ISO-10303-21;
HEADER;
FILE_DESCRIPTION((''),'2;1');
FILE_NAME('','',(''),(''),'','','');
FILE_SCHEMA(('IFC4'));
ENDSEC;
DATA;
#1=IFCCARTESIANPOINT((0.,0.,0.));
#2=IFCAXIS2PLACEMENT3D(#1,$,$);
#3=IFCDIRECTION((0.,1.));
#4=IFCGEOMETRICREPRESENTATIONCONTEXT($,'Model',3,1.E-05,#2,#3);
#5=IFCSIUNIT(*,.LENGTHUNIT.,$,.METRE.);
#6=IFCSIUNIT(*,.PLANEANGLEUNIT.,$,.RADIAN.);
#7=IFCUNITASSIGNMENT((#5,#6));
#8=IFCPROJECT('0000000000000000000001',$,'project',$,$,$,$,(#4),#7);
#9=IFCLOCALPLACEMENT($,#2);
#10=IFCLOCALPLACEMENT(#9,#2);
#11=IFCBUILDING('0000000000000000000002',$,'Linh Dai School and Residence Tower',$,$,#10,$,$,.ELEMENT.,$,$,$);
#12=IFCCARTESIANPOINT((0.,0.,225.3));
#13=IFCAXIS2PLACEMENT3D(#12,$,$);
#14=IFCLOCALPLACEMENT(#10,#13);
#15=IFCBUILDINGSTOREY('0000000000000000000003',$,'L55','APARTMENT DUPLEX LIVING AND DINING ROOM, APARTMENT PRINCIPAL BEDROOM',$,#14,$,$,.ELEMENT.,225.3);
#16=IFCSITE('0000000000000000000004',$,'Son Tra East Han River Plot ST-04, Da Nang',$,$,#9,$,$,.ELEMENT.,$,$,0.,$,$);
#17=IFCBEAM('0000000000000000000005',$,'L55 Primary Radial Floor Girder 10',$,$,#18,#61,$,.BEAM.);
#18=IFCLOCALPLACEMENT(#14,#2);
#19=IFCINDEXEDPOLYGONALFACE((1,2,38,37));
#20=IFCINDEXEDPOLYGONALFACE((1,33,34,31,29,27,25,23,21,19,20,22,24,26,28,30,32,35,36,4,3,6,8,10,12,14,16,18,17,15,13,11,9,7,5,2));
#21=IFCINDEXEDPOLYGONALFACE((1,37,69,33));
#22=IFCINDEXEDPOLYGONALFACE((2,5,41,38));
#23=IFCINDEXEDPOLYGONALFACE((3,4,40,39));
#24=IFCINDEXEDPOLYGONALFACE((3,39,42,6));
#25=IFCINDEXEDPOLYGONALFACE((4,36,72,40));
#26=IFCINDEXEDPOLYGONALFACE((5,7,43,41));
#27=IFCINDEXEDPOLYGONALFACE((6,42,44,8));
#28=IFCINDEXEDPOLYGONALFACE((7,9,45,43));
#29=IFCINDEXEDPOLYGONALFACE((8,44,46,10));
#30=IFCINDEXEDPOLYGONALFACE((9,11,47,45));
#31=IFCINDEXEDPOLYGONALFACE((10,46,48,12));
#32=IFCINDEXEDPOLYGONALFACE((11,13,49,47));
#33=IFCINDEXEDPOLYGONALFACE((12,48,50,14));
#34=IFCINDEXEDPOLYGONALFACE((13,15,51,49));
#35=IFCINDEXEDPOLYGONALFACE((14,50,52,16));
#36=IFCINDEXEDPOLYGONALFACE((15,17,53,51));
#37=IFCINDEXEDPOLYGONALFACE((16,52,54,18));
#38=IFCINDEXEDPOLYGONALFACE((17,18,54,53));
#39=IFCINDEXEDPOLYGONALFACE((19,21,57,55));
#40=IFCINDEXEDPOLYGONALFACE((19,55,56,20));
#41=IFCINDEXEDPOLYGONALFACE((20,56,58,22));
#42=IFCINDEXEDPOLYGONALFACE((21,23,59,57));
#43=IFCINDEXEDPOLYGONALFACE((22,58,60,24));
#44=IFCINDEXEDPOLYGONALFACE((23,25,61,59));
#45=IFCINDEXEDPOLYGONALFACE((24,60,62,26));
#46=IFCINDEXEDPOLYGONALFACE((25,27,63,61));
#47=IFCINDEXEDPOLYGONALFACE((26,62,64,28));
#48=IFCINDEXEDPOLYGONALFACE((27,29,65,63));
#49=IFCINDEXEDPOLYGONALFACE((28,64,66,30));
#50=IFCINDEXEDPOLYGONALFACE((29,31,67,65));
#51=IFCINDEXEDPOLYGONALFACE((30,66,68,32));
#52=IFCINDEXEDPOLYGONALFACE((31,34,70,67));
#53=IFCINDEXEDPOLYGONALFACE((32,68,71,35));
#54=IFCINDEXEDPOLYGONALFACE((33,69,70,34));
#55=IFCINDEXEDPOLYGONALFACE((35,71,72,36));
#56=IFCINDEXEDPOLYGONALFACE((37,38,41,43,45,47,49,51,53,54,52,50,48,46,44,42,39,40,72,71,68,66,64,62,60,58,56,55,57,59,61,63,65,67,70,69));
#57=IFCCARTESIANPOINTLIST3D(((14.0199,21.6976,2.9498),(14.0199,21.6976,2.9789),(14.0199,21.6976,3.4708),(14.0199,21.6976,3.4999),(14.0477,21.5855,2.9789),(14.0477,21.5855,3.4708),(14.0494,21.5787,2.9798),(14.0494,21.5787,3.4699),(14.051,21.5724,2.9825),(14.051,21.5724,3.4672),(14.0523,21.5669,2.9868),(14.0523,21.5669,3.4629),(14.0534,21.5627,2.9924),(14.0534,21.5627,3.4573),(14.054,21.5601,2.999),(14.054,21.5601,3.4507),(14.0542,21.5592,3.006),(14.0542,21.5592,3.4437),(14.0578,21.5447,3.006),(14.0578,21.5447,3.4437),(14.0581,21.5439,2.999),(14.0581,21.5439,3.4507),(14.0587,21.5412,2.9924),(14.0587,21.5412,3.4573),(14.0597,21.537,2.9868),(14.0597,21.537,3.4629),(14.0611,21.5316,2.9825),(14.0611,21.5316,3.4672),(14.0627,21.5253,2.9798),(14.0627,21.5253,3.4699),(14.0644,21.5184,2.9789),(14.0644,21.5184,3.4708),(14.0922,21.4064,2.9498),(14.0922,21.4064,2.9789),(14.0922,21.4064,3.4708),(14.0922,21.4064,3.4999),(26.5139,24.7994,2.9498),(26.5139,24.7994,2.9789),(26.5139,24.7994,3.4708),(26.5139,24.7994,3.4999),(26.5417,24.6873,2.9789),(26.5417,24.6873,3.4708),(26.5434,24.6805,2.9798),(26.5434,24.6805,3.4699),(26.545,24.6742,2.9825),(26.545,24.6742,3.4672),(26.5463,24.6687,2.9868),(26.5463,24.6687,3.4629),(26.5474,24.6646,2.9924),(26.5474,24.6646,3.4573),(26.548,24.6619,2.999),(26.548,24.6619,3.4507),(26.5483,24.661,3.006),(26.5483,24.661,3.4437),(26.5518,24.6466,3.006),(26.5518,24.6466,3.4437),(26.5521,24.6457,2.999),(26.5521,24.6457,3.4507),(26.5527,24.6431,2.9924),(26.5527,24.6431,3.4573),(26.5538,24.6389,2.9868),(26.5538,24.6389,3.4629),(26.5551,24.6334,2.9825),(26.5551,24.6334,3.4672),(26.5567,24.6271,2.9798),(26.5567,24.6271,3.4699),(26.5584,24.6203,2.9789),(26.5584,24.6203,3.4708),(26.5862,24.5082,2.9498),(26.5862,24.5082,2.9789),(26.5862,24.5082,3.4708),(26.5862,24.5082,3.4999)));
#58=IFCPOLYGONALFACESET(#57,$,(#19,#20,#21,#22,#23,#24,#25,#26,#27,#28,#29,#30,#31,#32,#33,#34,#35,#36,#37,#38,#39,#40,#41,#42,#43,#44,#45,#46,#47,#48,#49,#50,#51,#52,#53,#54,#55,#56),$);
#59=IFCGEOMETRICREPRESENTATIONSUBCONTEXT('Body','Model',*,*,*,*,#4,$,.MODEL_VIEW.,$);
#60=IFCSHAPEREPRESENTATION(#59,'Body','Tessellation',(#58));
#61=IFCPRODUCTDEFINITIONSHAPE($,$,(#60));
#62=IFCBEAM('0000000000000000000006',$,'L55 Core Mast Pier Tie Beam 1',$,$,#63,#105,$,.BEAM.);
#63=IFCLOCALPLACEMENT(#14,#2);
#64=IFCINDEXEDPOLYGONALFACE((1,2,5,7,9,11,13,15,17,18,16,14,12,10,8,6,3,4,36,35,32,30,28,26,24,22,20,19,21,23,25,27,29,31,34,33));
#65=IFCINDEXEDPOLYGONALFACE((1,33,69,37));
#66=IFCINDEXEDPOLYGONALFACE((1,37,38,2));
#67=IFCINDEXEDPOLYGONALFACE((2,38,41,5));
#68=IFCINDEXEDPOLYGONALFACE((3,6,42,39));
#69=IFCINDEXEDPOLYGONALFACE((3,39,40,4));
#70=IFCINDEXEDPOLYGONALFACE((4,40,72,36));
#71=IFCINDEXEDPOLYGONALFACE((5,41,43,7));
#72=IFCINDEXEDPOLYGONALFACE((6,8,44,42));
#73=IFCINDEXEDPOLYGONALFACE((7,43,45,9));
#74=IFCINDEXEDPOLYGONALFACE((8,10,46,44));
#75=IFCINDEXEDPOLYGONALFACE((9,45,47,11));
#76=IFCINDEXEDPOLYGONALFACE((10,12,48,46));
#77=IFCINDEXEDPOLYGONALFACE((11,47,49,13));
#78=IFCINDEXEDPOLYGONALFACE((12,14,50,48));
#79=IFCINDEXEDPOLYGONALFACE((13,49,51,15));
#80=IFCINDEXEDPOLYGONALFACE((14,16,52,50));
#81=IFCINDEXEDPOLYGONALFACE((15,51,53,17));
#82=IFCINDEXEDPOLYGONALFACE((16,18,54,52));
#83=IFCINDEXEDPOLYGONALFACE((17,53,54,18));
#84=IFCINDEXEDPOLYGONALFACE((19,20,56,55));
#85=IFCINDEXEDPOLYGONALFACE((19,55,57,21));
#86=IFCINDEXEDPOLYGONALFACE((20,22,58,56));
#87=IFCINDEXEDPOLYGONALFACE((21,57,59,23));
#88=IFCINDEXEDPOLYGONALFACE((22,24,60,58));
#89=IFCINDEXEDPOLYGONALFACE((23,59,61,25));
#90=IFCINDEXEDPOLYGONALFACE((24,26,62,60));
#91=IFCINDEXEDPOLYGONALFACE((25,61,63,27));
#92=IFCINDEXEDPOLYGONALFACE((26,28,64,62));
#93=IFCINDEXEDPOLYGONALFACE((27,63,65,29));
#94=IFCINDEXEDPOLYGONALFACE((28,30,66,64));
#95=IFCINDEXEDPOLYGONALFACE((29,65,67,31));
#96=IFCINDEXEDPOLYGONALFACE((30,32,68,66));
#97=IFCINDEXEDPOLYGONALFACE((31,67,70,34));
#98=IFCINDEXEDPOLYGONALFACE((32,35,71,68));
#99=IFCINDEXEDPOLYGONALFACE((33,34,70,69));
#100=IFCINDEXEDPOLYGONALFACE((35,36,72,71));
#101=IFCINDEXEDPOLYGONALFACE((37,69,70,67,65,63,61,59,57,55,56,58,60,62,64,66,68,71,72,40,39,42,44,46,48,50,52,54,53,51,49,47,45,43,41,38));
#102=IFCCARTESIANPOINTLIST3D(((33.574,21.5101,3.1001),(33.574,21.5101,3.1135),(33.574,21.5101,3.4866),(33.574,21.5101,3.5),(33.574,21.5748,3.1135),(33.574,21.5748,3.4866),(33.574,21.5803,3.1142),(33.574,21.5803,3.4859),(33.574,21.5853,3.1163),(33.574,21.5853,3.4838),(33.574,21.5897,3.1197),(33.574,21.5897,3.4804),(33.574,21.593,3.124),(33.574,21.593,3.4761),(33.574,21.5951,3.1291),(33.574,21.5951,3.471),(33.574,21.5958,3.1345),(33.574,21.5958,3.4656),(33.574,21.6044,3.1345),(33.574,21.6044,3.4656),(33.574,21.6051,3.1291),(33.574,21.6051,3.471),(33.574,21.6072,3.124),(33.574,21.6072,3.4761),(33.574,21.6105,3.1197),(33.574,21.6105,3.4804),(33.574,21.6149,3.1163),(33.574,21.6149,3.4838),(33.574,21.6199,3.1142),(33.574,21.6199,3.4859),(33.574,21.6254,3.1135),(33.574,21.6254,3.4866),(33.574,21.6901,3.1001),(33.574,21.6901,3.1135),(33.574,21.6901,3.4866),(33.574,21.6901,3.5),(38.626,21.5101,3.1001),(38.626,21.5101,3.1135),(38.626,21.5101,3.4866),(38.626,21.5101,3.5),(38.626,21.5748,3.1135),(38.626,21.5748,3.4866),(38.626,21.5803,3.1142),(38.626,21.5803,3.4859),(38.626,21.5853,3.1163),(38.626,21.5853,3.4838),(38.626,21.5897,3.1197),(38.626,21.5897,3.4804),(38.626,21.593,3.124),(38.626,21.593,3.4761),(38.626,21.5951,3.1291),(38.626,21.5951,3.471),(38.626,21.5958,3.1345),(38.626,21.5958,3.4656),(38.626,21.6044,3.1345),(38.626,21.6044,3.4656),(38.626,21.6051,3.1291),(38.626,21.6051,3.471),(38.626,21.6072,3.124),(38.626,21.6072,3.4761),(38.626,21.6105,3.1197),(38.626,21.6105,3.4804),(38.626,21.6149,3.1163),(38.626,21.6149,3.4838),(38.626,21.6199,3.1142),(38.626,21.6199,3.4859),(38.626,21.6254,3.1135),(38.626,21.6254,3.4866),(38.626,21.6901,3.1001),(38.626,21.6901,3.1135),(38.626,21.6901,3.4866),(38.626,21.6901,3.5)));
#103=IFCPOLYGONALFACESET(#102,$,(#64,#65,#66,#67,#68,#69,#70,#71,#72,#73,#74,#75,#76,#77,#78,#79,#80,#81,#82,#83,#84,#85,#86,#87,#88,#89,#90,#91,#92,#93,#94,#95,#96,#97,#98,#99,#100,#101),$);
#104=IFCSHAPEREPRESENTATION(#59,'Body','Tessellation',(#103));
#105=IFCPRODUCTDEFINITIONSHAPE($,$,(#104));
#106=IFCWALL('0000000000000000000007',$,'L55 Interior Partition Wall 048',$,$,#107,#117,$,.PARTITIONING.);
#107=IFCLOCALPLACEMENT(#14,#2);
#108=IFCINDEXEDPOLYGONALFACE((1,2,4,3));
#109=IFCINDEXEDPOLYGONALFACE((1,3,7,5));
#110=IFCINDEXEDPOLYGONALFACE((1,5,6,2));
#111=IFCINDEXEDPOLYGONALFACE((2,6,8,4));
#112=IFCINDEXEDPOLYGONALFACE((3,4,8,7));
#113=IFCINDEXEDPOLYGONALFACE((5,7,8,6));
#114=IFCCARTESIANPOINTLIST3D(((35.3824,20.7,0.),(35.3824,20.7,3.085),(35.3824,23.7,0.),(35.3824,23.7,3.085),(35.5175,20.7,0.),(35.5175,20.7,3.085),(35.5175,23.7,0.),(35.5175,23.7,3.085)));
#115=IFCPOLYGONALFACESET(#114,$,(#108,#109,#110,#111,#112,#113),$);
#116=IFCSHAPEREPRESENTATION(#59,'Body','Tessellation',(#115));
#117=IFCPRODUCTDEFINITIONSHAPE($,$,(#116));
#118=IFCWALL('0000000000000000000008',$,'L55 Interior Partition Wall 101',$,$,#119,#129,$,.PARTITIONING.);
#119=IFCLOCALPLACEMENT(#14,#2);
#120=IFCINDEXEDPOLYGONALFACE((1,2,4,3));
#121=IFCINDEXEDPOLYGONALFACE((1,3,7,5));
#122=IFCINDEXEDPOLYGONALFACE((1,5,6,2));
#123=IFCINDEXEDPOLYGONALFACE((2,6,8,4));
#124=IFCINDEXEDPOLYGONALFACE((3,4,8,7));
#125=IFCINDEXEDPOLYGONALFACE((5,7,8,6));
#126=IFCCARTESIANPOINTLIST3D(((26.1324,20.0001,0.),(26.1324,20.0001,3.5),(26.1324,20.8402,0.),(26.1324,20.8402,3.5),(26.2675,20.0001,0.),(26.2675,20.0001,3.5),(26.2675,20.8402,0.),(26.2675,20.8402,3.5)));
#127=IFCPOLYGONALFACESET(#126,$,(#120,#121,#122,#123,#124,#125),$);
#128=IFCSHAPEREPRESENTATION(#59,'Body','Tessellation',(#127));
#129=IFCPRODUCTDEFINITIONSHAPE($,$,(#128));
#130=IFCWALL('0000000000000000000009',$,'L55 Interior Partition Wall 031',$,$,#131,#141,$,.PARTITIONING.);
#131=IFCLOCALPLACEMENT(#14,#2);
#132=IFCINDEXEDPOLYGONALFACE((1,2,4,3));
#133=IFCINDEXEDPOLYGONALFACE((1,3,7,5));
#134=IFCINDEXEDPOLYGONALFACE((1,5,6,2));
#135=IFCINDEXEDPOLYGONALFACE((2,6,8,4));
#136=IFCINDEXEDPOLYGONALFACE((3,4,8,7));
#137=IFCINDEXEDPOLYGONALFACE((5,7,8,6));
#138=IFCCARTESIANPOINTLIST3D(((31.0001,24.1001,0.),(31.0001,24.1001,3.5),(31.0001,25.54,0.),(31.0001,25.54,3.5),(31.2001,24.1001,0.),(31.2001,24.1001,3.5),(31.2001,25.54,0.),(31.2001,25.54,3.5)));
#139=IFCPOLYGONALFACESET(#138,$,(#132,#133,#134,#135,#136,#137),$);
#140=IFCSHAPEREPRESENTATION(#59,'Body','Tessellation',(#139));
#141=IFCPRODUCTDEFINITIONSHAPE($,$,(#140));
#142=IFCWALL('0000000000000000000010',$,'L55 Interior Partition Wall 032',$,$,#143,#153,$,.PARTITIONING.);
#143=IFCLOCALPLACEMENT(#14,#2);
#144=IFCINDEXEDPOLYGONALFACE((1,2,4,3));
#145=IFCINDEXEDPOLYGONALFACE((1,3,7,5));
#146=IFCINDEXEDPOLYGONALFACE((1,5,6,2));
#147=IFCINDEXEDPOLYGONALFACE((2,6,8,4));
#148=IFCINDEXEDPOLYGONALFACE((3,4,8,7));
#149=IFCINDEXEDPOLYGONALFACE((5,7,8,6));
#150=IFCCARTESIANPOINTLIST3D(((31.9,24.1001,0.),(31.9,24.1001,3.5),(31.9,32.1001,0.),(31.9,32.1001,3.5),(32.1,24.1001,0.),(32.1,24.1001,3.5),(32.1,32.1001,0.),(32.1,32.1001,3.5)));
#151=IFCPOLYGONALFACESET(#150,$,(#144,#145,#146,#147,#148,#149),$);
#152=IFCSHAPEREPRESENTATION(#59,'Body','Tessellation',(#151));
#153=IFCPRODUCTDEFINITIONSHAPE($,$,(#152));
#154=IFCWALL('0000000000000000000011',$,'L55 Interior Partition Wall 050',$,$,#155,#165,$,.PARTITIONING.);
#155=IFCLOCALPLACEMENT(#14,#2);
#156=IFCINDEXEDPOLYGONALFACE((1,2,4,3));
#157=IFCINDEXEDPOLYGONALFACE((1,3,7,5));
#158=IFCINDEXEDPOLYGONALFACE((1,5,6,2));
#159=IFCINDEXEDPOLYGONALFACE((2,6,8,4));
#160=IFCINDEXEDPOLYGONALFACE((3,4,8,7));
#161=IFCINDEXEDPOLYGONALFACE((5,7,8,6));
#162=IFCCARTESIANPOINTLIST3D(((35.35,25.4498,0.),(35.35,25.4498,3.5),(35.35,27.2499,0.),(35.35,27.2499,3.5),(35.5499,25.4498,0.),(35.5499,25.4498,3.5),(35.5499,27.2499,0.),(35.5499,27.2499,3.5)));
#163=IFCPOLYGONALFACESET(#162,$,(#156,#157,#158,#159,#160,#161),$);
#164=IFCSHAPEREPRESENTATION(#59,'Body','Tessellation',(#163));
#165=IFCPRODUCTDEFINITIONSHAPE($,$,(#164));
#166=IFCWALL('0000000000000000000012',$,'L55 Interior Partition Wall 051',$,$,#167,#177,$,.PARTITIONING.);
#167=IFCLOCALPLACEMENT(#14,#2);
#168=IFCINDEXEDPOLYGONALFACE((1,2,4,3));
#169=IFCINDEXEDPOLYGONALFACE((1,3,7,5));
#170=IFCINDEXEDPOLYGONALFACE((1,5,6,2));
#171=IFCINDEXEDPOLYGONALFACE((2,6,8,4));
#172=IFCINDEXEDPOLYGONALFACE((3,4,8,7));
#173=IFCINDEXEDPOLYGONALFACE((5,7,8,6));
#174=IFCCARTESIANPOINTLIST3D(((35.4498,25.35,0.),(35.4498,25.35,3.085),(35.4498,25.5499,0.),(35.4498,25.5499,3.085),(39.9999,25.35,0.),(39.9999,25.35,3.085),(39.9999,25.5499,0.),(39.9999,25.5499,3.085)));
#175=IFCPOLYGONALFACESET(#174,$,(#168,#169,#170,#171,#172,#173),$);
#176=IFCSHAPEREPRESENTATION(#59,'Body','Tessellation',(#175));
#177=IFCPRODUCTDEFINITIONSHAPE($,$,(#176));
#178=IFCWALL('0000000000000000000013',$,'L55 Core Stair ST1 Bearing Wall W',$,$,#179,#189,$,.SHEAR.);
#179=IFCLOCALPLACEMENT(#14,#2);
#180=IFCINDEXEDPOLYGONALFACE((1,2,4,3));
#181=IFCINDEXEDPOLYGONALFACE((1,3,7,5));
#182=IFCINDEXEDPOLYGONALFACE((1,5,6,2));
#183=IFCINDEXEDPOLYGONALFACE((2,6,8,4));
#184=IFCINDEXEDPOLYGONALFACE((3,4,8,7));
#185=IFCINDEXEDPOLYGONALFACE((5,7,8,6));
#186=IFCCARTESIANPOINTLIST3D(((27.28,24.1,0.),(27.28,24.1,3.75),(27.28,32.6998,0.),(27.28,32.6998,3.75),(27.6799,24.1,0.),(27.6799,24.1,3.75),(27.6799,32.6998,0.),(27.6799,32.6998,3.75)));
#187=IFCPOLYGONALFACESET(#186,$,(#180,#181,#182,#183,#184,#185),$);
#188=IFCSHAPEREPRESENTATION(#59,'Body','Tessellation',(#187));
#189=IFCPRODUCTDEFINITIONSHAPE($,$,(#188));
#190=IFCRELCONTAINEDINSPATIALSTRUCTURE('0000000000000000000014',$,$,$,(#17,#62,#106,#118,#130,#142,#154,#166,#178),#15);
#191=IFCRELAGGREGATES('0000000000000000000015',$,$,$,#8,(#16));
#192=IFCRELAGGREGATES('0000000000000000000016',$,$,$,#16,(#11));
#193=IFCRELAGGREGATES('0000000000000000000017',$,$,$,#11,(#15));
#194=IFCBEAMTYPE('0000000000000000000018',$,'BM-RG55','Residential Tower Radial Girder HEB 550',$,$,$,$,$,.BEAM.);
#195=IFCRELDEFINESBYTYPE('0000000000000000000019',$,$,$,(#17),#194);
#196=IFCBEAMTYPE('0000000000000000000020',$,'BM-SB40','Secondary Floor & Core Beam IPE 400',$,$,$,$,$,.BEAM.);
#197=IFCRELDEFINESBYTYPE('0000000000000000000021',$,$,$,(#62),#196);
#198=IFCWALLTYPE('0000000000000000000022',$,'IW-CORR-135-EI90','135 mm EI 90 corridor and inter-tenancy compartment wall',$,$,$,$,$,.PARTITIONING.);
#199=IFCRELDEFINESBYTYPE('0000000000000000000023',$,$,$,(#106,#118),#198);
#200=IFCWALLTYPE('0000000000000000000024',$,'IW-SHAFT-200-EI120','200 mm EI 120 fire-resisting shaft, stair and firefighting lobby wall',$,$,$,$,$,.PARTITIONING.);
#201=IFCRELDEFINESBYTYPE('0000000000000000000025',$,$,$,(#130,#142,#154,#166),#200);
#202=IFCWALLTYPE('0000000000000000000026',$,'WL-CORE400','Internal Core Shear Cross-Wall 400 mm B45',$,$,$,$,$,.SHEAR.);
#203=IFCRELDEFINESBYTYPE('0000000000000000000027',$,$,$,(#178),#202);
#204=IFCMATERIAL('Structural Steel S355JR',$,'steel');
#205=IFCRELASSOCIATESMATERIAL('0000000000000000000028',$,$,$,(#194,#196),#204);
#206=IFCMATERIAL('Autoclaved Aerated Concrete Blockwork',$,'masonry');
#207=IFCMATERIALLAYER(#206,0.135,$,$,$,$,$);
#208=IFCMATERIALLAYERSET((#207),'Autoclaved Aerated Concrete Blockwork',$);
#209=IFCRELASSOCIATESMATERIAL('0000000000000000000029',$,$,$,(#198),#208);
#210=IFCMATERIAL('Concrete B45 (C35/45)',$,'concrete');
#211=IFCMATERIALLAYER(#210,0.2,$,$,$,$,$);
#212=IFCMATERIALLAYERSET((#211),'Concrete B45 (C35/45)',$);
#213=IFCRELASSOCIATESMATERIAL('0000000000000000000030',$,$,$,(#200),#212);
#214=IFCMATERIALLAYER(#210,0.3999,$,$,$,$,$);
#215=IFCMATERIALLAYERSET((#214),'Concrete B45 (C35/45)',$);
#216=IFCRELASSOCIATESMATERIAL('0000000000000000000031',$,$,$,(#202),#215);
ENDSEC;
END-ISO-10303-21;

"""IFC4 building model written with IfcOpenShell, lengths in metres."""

from ifc_helpers import new_model, si_unit, direction, frame, frame_2d, origin, origin_2d, place, context, subcontext, project, spatial, rectangle, i_section, extrude, material, layer, layer_set, material_profile, profile_set, type_object, element, save


model = new_model("IFC4")

# Units and contexts
model_context = context("Model", 3, precision=1e-05, world=origin(), true_north=direction((0.0, 1.0)))
body_context = subcontext(model_context, "Body", "Model", "MODEL_VIEW")
ifc_project = project(units=[si_unit("LENGTHUNIT", "METRE"), si_unit("PLANEANGLEUNIT", "RADIAN")], contexts=[model_context])

# Site, building, storey
site_placement = place(None, origin())
site = spatial("IfcSite", under=ifc_project, at=site_placement, Name="Son Tra East Han River Plot ST-04, Da Nang", CompositionType="ELEMENT", RefElevation=0.0)
building_placement = place(site_placement, origin())
building = spatial("IfcBuilding", under=site, at=building_placement, Name="Linh Dai School and Residence Tower", CompositionType="ELEMENT")
storey_placement = place(building_placement, frame((0.0, 0.0, 225.3)))
storey = spatial("IfcBuildingStorey", under=building, at=storey_placement, Name="L55", Description="APARTMENT DUPLEX LIVING AND DINING ROOM, APARTMENT PRINCIPAL BEDROOM", CompositionType="ELEMENT", Elevation=225.3)

# Shared definitions
ifc_material_1 = material(Name="Structural Steel S355JR", Category="steel")

# Beams
ifc_material_profile_1 = material_profile(ifc_material_1, i_section(OverallWidth=0.3, OverallDepth=0.55, WebThickness=0.0149, FlangeThickness=0.0291, FilletRadius=0.0271, at=origin_2d()), Name="HEB 550")
ifc_profile_set_1 = profile_set([ifc_material_profile_1], Name="Structural Steel S355JR")
beam_type_1 = type_object("IfcBeamType", Name="BM-RG55", Description="Residential Tower Radial Girder HEB 550", PredefinedType="BEAM", material=ifc_profile_set_1)
beam_1_placement = place(storey_placement, frame((26.55, 24.6538, 3.2249), z_axis=(-0.970537, -0.240951, 0.0), x_axis=(0.240951, -0.970537, 0.0)))
element("IfcBeam", 1, at=beam_1_placement, inside=storey, type_object=beam_type_1, Name="L55 Primary Radial Floor Girder 10", PredefinedType="BEAM", context=body_context, shape_type="SweptSolid", body=[
    extrude(i_section(OverallWidth=0.3, OverallDepth=0.55, WebThickness=0.0149, FlangeThickness=0.0291, FilletRadius=0.0271, at=origin_2d()), origin(), (0.0, 0.0, 1.0), 12.8733),
])
ifc_material_profile_2 = material_profile(ifc_material_1, i_section(OverallWidth=0.1799, OverallDepth=0.3999, WebThickness=0.0085, FlangeThickness=0.0134, FilletRadius=0.021, at=origin_2d()), Name="IPE 400")
ifc_profile_set_2 = profile_set([ifc_material_profile_2], Name="Structural Steel S355JR")
beam_type_2 = type_object("IfcBeamType", Name="BM-SB40", Description="Secondary Floor & Core Beam IPE 400", PredefinedType="BEAM", material=ifc_profile_set_2)
beam_2_placement = place(storey_placement, frame((33.574, 21.6001, 3.3), z_axis=(1.0, 0.0, 0.0), x_axis=(0.0, 1.0, 0.0)))
element("IfcBeam", 2, at=beam_2_placement, inside=storey, type_object=beam_type_2, Name="L55 Core Mast Pier Tie Beam 1", PredefinedType="BEAM", context=body_context, shape_type="SweptSolid", body=[
    extrude(i_section(OverallWidth=0.1799, OverallDepth=0.3999, WebThickness=0.0085, FlangeThickness=0.0134, FilletRadius=0.021, at=origin_2d()), origin(), (0.0, 0.0, 1.0), 5.052),
])

# Wall
ifc_material_2 = material(Name="Autoclaved Aerated Concrete Blockwork", Category="masonry")
ifc_layer_1 = layer(ifc_material_2, 0.135)
ifc_layer_set_1 = layer_set([ifc_layer_1], Name="Autoclaved Aerated Concrete Blockwork")
wall_type_1 = type_object("IfcWallType", Name="IW-CORR-135-EI90", Description="135 mm EI 90 corridor and inter-tenancy compartment wall", PredefinedType="PARTITIONING", material=ifc_layer_set_1)
wall_1_placement = place(storey_placement, frame((35.45, 20.7, 0.0), z_axis=(0.0, 0.0, 1.0), x_axis=(0.0, 1.0, 0.0)))
element("IfcWall", 3, at=wall_1_placement, inside=storey, type_object=wall_type_1, Name="L55 Interior Partition Wall 048", PredefinedType="PARTITIONING", context=body_context, shape_type="SweptSolid", body=[
    extrude(rectangle(XDim=3.0, YDim=0.135, at=frame_2d((1.5, 0.0))), origin(), (0.0, 0.0, 1.0), 3.085),
])

# Wall
wall_2_placement = place(storey_placement, frame((26.2, 20.8401, 0.0), z_axis=(0.0, 0.0, 1.0), x_axis=(0.0, -1.0, 0.0)))
element("IfcWall", 4, at=wall_2_placement, inside=storey, type_object=wall_type_1, Name="L55 Interior Partition Wall 101", PredefinedType="PARTITIONING", context=body_context, shape_type="SweptSolid", body=[
    extrude(rectangle(XDim=0.8401, YDim=0.135, at=frame_2d((0.4199, 0.0))), origin(), (0.0, 0.0, 1.0), 3.5),
])

# Shared definitions
ifc_material_3 = material(Name="Concrete B45 (C35/45)", Category="concrete")
ifc_layer_2 = layer(ifc_material_3, 0.2)
ifc_layer_set_2 = layer_set([ifc_layer_2], Name="Concrete B45 (C35/45)")
wall_type_2 = type_object("IfcWallType", Name="IW-SHAFT-200-EI120", Description="200 mm EI 120 fire-resisting shaft, stair and firefighting lobby wall", PredefinedType="PARTITIONING", material=ifc_layer_set_2)

# Walls
wall_3_placement = place(storey_placement, frame((31.1001, 24.1001, 0.0), z_axis=(0.0, 0.0, 1.0), x_axis=(0.0, 1.0, 0.0)))
element("IfcWall", 5, at=wall_3_placement, inside=storey, type_object=wall_type_2, Name="L55 Interior Partition Wall 031", PredefinedType="PARTITIONING", context=body_context, shape_type="SweptSolid", body=[
    extrude(rectangle(XDim=1.4399, YDim=0.2, at=frame_2d((0.72, 0.0))), origin(), (0.0, 0.0, 1.0), 3.5),
])
wall_4_placement = place(storey_placement, frame((32.0, 24.1001, 0.0), z_axis=(0.0, 0.0, 1.0), x_axis=(0.0, 1.0, 0.0)))
element("IfcWall", 6, at=wall_4_placement, inside=storey, type_object=wall_type_2, Name="L55 Interior Partition Wall 032", PredefinedType="PARTITIONING", context=body_context, shape_type="SweptSolid", body=[
    extrude(rectangle(XDim=8.0, YDim=0.2, at=frame_2d((4.0, 0.0))), origin(), (0.0, 0.0, 1.0), 3.5),
])

# Walls
wall_5_placement = place(storey_placement, frame((35.45, 25.45, 0.0), z_axis=(0.0, 0.0, 1.0), x_axis=(0.0, 1.0, 0.0)))
element("IfcWall", 7, at=wall_5_placement, inside=storey, type_object=wall_type_2, Name="L55 Interior Partition Wall 050", PredefinedType="PARTITIONING", context=body_context, shape_type="SweptSolid", body=[
    extrude(rectangle(XDim=1.8, YDim=0.2, at=frame_2d((0.8999, 0.0))), origin(), (0.0, 0.0, 1.0), 3.5),
])
wall_6_placement = place(storey_placement, frame((35.45, 25.45, 0.0), z_axis=(0.0, 0.0, 1.0), x_axis=(1.0, 0.0, 0.0)))
element("IfcWall", 8, at=wall_6_placement, inside=storey, type_object=wall_type_2, Name="L55 Interior Partition Wall 051", PredefinedType="PARTITIONING", context=body_context, shape_type="SweptSolid", body=[
    extrude(rectangle(XDim=4.55, YDim=0.2, at=frame_2d((2.2749, 0.0))), origin(), (0.0, 0.0, 1.0), 3.085),
])
ifc_layer_3 = layer(ifc_material_3, 0.3999)
ifc_layer_set_3 = layer_set([ifc_layer_3], Name="Concrete B45 (C35/45)")
wall_type_3 = type_object("IfcWallType", Name="WL-CORE400", Description="Internal Core Shear Cross-Wall 400 mm B45", PredefinedType="SHEAR", material=ifc_layer_set_3)
wall_7_placement = place(storey_placement, frame((27.48, 24.1001, 0.0), z_axis=(0.0, 0.0, 1.0), x_axis=(0.0, 1.0, 0.0)))
element("IfcWall", 9, at=wall_7_placement, inside=storey, type_object=wall_type_3, Name="L55 Core Stair ST1 Bearing Wall W", PredefinedType="SHEAR", context=body_context, shape_type="SweptSolid", body=[
    extrude(rectangle(XDim=8.5999, YDim=0.3999, at=frame_2d((4.2998, 0.0))), origin(), (0.0, 0.0, 1.0), 3.75),
])

save(model, "model.ifc")
